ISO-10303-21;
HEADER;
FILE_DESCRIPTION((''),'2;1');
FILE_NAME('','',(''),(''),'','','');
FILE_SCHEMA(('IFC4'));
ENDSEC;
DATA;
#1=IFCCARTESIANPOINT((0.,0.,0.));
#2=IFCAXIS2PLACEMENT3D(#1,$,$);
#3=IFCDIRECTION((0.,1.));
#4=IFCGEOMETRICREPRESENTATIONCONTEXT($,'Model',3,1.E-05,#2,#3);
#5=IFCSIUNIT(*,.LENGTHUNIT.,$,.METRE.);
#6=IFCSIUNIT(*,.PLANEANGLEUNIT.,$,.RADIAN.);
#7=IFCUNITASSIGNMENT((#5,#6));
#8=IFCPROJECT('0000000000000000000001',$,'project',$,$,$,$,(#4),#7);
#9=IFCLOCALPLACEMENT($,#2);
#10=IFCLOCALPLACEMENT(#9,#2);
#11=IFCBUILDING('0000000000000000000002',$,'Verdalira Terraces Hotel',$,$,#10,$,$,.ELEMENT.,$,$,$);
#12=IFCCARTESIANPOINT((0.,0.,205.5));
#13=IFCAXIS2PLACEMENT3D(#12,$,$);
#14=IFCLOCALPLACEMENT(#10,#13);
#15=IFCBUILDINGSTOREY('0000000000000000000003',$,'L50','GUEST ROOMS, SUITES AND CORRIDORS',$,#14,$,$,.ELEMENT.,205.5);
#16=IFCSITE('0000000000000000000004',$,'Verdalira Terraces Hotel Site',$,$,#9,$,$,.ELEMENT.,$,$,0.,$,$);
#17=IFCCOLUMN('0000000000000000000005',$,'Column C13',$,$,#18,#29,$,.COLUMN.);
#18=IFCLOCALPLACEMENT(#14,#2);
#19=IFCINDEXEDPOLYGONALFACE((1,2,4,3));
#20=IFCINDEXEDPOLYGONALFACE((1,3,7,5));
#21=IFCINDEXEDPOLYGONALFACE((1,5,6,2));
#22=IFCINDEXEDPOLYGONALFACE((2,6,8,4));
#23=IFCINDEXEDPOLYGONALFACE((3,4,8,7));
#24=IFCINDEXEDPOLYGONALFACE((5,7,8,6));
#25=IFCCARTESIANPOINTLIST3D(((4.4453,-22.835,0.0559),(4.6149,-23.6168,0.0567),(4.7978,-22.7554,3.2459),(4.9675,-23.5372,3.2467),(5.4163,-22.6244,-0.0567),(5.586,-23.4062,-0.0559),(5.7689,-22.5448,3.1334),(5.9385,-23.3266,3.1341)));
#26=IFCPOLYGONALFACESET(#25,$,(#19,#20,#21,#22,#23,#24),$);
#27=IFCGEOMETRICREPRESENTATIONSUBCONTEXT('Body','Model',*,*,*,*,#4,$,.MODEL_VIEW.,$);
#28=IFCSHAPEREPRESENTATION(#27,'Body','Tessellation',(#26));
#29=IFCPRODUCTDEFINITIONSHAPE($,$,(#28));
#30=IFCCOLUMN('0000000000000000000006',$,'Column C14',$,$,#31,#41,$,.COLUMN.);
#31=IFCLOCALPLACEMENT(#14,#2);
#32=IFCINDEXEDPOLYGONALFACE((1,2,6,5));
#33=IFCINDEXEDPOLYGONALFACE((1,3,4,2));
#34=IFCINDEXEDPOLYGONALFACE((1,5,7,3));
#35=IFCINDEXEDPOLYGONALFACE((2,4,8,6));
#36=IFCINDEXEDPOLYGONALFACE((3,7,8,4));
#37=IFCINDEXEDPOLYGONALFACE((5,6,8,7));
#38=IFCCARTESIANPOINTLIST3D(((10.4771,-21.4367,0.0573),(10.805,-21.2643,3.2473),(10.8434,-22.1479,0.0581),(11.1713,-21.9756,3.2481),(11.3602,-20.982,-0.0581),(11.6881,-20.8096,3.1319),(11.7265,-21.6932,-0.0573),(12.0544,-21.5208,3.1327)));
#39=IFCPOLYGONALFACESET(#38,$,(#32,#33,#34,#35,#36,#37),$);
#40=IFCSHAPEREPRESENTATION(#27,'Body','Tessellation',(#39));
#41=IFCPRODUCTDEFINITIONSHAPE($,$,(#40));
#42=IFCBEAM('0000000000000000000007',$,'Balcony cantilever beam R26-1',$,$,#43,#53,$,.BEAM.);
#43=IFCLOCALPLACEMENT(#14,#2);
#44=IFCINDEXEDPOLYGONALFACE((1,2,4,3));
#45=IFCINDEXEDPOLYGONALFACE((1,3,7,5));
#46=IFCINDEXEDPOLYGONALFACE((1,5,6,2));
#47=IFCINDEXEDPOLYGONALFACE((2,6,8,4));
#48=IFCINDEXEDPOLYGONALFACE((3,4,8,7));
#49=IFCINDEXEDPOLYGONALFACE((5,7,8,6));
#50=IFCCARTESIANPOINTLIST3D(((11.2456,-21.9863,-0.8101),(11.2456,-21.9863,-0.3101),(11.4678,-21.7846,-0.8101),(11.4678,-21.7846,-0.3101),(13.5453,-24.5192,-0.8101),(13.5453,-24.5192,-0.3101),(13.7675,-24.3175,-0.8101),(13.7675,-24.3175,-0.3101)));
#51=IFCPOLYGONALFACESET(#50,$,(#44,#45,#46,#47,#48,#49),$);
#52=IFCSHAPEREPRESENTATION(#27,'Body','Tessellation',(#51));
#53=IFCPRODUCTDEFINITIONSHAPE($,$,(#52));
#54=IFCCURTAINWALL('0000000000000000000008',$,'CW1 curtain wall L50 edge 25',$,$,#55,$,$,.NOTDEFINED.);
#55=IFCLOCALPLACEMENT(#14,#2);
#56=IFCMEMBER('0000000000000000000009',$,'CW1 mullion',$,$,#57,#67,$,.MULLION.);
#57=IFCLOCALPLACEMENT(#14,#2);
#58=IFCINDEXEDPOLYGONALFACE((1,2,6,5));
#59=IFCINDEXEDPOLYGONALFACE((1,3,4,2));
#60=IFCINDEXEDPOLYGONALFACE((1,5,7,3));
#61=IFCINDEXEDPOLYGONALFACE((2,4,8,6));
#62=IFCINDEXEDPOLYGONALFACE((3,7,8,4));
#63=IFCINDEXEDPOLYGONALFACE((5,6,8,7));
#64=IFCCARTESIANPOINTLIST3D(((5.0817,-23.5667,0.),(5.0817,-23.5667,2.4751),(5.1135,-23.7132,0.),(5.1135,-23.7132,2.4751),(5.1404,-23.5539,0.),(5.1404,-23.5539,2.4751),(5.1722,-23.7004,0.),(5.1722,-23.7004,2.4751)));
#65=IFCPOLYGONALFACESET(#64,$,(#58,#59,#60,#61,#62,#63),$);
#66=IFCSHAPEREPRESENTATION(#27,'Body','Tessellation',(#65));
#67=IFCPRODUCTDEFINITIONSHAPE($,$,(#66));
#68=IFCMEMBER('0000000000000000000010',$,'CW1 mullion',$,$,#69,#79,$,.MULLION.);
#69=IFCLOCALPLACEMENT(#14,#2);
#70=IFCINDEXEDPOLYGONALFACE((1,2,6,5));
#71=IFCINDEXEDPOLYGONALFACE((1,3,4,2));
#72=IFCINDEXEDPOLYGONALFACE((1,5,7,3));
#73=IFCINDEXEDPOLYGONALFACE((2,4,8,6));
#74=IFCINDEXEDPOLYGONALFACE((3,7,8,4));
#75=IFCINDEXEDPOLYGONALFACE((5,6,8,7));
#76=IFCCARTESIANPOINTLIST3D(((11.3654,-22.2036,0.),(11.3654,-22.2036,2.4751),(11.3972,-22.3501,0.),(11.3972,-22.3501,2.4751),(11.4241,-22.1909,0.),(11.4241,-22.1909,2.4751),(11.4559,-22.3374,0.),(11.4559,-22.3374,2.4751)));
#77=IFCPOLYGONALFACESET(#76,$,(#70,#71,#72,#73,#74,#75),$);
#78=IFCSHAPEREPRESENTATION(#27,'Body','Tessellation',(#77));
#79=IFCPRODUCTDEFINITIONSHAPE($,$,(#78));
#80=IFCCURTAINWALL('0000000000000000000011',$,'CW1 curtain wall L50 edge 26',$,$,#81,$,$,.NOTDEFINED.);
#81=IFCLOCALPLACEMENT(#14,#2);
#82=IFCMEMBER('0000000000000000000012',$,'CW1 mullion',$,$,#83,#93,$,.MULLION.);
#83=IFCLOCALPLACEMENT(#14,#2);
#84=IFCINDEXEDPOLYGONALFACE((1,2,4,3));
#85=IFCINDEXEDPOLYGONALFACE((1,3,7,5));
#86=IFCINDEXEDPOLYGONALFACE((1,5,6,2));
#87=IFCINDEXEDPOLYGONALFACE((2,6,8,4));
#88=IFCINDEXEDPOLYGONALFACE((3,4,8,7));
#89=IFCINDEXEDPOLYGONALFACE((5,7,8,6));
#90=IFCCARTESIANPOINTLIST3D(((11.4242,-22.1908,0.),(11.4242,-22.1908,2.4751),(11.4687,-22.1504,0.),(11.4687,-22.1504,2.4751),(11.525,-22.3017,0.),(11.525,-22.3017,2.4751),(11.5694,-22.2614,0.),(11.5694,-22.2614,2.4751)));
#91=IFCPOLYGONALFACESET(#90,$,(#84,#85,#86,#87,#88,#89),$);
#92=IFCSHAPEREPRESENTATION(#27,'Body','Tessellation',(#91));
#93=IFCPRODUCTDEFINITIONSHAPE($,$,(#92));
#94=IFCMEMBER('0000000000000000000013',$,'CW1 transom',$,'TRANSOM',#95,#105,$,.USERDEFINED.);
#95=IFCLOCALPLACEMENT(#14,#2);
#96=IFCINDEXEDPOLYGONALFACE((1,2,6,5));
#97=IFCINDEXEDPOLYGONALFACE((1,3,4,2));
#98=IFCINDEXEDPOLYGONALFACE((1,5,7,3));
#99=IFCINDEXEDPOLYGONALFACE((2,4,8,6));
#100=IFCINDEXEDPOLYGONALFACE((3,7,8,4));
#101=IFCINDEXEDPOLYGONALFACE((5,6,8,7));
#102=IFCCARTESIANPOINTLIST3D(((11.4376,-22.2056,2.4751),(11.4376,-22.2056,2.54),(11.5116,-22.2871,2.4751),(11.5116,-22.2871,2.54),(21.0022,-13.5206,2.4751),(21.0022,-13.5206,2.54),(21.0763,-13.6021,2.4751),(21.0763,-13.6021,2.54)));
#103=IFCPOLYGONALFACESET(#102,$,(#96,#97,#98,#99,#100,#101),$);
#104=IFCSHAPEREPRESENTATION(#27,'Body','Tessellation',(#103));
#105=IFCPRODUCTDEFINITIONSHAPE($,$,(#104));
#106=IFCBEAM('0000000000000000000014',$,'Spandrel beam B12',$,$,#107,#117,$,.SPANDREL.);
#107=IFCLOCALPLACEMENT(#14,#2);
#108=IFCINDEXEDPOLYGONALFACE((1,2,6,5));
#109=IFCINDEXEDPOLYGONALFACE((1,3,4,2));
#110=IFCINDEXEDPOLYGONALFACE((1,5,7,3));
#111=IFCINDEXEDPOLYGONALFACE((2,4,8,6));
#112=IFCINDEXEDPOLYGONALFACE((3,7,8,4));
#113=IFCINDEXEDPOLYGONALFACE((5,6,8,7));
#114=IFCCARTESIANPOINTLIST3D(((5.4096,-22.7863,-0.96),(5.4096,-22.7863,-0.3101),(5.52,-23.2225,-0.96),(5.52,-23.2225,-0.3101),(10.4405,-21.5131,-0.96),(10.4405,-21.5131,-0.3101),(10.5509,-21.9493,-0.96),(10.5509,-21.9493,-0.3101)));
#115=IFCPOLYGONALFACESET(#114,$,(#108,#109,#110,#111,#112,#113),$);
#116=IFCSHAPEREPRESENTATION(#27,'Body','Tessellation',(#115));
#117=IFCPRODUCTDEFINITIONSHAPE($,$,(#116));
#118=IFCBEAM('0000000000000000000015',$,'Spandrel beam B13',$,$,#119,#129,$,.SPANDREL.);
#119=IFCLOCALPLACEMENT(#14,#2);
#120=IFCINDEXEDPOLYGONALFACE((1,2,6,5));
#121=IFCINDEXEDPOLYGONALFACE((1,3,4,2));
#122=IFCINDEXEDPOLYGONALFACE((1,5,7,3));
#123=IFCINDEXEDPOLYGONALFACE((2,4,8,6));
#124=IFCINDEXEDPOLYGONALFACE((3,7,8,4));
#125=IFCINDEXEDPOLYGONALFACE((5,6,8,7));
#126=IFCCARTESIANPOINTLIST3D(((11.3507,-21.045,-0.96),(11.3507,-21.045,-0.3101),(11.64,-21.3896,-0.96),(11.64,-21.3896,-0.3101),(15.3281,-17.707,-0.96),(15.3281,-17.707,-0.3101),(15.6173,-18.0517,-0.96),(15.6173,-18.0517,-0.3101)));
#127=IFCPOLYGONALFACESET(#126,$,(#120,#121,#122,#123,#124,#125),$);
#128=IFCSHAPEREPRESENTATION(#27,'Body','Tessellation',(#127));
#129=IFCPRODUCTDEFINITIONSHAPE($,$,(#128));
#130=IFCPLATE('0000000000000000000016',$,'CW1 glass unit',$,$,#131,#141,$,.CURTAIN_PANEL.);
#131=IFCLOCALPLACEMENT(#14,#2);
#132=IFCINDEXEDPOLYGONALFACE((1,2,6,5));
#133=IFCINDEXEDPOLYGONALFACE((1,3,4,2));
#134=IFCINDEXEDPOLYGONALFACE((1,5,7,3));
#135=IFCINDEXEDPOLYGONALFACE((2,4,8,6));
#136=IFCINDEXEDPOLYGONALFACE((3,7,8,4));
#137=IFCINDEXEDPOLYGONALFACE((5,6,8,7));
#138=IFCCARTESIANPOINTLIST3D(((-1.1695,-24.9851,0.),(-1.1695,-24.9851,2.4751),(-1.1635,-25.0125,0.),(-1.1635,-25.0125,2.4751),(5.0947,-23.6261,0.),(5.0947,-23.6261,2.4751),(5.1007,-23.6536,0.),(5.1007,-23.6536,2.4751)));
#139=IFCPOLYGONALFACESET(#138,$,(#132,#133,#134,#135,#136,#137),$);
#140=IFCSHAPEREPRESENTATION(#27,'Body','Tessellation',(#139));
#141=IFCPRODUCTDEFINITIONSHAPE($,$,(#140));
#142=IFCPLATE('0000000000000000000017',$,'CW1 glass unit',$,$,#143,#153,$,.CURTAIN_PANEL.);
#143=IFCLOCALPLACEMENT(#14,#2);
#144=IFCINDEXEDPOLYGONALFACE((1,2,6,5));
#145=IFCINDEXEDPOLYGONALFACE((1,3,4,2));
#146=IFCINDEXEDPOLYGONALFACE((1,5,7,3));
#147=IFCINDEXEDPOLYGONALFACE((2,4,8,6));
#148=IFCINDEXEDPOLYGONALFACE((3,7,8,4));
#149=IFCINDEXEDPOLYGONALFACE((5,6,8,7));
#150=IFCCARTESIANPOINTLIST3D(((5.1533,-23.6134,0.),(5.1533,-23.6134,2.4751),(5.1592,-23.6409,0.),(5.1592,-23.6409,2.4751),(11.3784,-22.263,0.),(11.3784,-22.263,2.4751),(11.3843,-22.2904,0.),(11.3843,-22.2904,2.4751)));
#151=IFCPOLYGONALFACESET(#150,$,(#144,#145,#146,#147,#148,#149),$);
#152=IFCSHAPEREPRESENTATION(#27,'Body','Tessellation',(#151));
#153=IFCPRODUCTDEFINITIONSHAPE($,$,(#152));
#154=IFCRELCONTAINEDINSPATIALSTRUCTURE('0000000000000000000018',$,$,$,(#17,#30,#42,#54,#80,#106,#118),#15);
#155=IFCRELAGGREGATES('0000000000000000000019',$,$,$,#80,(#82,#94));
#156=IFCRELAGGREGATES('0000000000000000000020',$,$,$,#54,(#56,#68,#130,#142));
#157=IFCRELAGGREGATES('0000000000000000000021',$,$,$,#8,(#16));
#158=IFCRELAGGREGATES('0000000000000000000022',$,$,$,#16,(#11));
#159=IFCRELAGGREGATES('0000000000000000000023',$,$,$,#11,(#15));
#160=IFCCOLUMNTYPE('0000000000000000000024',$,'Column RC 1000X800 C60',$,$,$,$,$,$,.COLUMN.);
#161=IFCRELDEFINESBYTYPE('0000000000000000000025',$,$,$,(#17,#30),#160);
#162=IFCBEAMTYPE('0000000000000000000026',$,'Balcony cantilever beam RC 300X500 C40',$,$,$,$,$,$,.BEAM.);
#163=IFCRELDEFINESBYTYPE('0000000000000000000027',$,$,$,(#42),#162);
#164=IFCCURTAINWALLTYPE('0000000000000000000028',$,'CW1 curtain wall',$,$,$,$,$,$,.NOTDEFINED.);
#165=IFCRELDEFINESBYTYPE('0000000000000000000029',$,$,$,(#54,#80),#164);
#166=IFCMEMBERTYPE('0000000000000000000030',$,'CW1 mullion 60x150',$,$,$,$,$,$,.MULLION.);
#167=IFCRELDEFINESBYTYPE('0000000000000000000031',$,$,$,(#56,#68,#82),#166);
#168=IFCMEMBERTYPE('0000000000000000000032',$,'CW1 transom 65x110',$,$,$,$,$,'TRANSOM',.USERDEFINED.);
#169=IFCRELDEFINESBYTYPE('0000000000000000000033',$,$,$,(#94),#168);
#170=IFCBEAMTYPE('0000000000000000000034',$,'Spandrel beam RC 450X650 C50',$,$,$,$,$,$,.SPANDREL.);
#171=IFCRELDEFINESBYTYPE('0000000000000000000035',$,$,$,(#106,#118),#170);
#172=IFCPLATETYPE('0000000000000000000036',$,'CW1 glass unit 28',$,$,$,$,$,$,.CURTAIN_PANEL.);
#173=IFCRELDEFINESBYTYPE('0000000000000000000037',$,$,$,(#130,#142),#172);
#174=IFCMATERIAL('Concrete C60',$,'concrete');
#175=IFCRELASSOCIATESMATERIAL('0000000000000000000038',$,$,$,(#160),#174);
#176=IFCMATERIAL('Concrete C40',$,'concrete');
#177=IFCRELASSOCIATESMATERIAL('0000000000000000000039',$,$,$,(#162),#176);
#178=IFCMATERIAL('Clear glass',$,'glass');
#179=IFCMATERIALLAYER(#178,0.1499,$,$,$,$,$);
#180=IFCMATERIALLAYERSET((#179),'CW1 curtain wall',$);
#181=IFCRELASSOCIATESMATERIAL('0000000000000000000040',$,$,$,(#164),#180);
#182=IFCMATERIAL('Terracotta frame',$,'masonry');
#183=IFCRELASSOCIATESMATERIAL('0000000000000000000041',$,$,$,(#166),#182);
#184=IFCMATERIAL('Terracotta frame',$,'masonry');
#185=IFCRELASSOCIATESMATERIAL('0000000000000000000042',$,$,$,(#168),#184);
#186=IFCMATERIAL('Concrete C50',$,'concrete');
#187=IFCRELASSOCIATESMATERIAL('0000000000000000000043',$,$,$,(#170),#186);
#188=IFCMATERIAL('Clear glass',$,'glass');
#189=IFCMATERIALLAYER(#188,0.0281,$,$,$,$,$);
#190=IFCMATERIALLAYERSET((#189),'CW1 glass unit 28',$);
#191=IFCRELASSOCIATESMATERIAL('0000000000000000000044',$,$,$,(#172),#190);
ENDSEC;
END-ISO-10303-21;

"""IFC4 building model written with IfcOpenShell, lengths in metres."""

from ifc_helpers import new_model, si_unit, direction, frame, origin, origin_2d, place, context, subcontext, project, spatial, rectangle, extrude, material, layer, layer_set, material_profile, profile_set, type_object, element, aggregate, save


model = new_model("IFC4")

# Units and contexts
model_context = context("Model", 3, precision=1e-05, world=origin(), true_north=direction((0.0, 1.0)))
body_context = subcontext(model_context, "Body", "Model", "MODEL_VIEW")
ifc_project = project(units=[si_unit("LENGTHUNIT", "METRE"), si_unit("PLANEANGLEUNIT", "RADIAN")], contexts=[model_context])

# Site, building, storey
site_placement = place(None, origin())
site = spatial("IfcSite", under=ifc_project, at=site_placement, Name="Verdalira Terraces Hotel Site", CompositionType="ELEMENT", RefElevation=0.0)
building_placement = place(site_placement, origin())
building = spatial("IfcBuilding", under=site, at=building_placement, Name="Verdalira Terraces Hotel", CompositionType="ELEMENT")
storey_placement = place(building_placement, frame((0.0, 0.0, 205.5)))
storey = spatial("IfcBuildingStorey", under=building, at=storey_placement, Name="L50", Description="GUEST ROOMS, SUITES AND CORRIDORS", CompositionType="ELEMENT", Elevation=205.5)

# Columns
ifc_material_1 = material(Name="Concrete C60", Category="concrete")
ifc_material_profile_1 = material_profile(ifc_material_1, rectangle(XDim=1.0, YDim=0.8, at=origin_2d()), Name="RC 1000X800")
ifc_profile_set_1 = profile_set([ifc_material_profile_1], Name="Concrete C60")
column_type = type_object("IfcColumnType", Name="Column RC 1000X800 C60", PredefinedType="COLUMN", material=ifc_profile_set_1)
column_1_placement = place(storey_placement, frame((5.0156, -23.1206, 0.0), z_axis=(0.109813, 0.024792, 0.993643), x_axis=(0.971072, 0.210587, -0.112573)))
element("IfcColumn", 1, at=column_1_placement, inside=storey, type_object=column_type, Name="Column C13", PredefinedType="COLUMN", context=body_context, shape_type="SweptSolid", body=[
    extrude(rectangle(XDim=1.0, YDim=0.8, at=origin_2d()), origin(), (0.0, 0.0, 1.0), 3.2104),
])
column_2_placement = place(storey_placement, frame((11.1018, -21.5649, 0.0), z_axis=(0.1021, 0.053673, 0.993325), x_axis=(-0.883132, -0.454725, 0.115344)))
element("IfcColumn", 2, at=column_2_placement, inside=storey, type_object=column_type, Name="Column C14", PredefinedType="COLUMN", context=body_context, shape_type="SweptSolid", body=[
    extrude(rectangle(XDim=1.0, YDim=0.8, at=origin_2d()), origin(), (0.0, 0.0, 1.0), 3.2114),
])

# Beam
ifc_material_2 = material(Name="Concrete C40", Category="concrete")
ifc_material_profile_2 = material_profile(ifc_material_2, rectangle(XDim=0.3, YDim=0.5, at=origin_2d()), Name="RC 300X500")
ifc_profile_set_2 = profile_set([ifc_material_profile_2], Name="Concrete C40")
beam_type_1 = type_object("IfcBeamType", Name="Balcony cantilever beam RC 300X500 C40", PredefinedType="BEAM", material=ifc_profile_set_2)
beam_1_placement = place(storey_placement, frame((11.3567, -21.8855, -0.5601), z_axis=(0.672211, -0.74036, 0.0), x_axis=(0.74036, 0.672211, 0.0)))
element("IfcBeam", 3, at=beam_1_placement, inside=storey, type_object=beam_type_1, Name="Balcony cantilever beam R26-1", PredefinedType="BEAM", context=body_context, shape_type="SweptSolid", body=[
    extrude(rectangle(XDim=0.3, YDim=0.5, at=origin_2d()), origin(), (0.0, 0.0, 1.0), 3.4211),
])

# Curtain walls, members
ifc_material_3 = material(Name="Clear glass", Category="glass")
ifc_layer_1 = layer(ifc_material_3, 0.1499)
ifc_layer_set_1 = layer_set([ifc_layer_1], Name="CW1 curtain wall")
curtain_wall_type = type_object("IfcCurtainWallType", Name="CW1 curtain wall", PredefinedType="NOTDEFINED", material=ifc_layer_set_1)
curtain_wall_1_placement = place(storey_placement, origin())
curtain_wall_1 = element("IfcCurtainWall", 4, at=curtain_wall_1_placement, inside=storey, type_object=curtain_wall_type, Name="CW1 curtain wall L50 edge 25", PredefinedType="NOTDEFINED")
ifc_material_4 = material(Name="Terracotta frame", Category="masonry")
ifc_material_profile_3 = material_profile(ifc_material_4, rectangle(XDim=0.0601, YDim=0.1499, at=origin_2d()), Name="MU 60x150")
ifc_profile_set_3 = profile_set([ifc_material_profile_3], Name="Terracotta frame")
member_type_1 = type_object("IfcMemberType", Name="CW1 mullion 60x150", PredefinedType="MULLION", material=ifc_profile_set_3)
member_1_placement = place(storey_placement, frame((5.127, -23.6335, 0.0), z_axis=(0.0, 0.0, 1.0), x_axis=(0.977268, 0.212007, 0.0)))
member_1 = element("IfcMember", 5, at=member_1_placement, type_object=member_type_1, Name="CW1 mullion", PredefinedType="MULLION", context=body_context, shape_type="SweptSolid", body=[
    extrude(rectangle(XDim=0.0601, YDim=0.1499, at=origin_2d()), origin(), (0.0, 0.0, 1.0), 2.4751),
])
member_2_placement = place(storey_placement, frame((11.4106, -22.2705, 0.0), z_axis=(0.0, 0.0, 1.0), x_axis=(0.977268, 0.212007, 0.0)))
member_2 = element("IfcMember", 6, at=member_2_placement, type_object=member_type_1, Name="CW1 mullion", PredefinedType="MULLION", context=body_context, shape_type="SweptSolid", body=[
    extrude(rectangle(XDim=0.0601, YDim=0.1499, at=origin_2d()), origin(), (0.0, 0.0, 1.0), 2.4751),
])
curtain_wall_2_placement = place(storey_placement, origin())
curtain_wall_2 = element("IfcCurtainWall", 7, at=curtain_wall_2_placement, inside=storey, type_object=curtain_wall_type, Name="CW1 curtain wall L50 edge 26", PredefinedType="NOTDEFINED")
member_3_placement = place(storey_placement, frame((11.4968, -22.2261, 0.0), z_axis=(0.0, 0.0, 1.0), x_axis=(0.740335, 0.672238, 0.0)))
member_3 = element("IfcMember", 8, at=member_3_placement, type_object=member_type_1, Name="CW1 mullion", PredefinedType="MULLION", context=body_context, shape_type="SweptSolid", body=[
    extrude(rectangle(XDim=0.0601, YDim=0.1499, at=origin_2d()), origin(), (0.0, 0.0, 1.0), 2.4751),
])
ifc_material_5 = material(Name="Terracotta frame", Category="masonry")
ifc_material_profile_4 = material_profile(ifc_material_5, rectangle(XDim=0.1101, YDim=0.0649, at=origin_2d()), Name="TR 65x110")
ifc_profile_set_4 = profile_set([ifc_material_profile_4], Name="Terracotta frame")
member_type_2 = type_object("IfcMemberType", Name="CW1 transom 65x110", ElementType="TRANSOM", PredefinedType="USERDEFINED", material=ifc_profile_set_4)
member_4_placement = place(storey_placement, frame((11.4746, -22.2463, 2.5076), z_axis=(0.74033, 0.672244, 0.0), x_axis=(-0.672244, 0.74033, 0.0)))
member_4 = element("IfcMember", 9, at=member_4_placement, type_object=member_type_2, Name="CW1 transom", ObjectType="TRANSOM", PredefinedType="USERDEFINED", context=body_context, shape_type="SweptSolid", body=[
    extrude(rectangle(XDim=0.1101, YDim=0.0649, at=origin_2d()), origin(), (0.0, 0.0, 1.0), 12.9194),
])
aggregate(curtain_wall_2, [member_3, member_4])

# Beams
ifc_material_6 = material(Name="Concrete C50", Category="concrete")
ifc_material_profile_5 = material_profile(ifc_material_6, rectangle(XDim=0.45, YDim=0.6499, at=origin_2d()), Name="RC 450X650")
ifc_profile_set_5 = profile_set([ifc_material_profile_5], Name="Concrete C50")
beam_type_2 = type_object("IfcBeamType", Name="Spandrel beam RC 450X650 C50", PredefinedType="SPANDREL", material=ifc_profile_set_5)
beam_2_placement = place(storey_placement, frame((5.4648, -23.0044, -0.635), z_axis=(0.969435, 0.245346, 0.0), x_axis=(-0.245346, 0.969435, 0.0)))
element("IfcBeam", 10, at=beam_2_placement, inside=storey, type_object=beam_type_2, Name="Spandrel beam B12", PredefinedType="SPANDREL", context=body_context, shape_type="SweptSolid", body=[
    extrude(rectangle(XDim=0.45, YDim=0.6499, at=origin_2d()), origin(), (0.0, 0.0, 1.0), 5.1895),
])
beam_3_placement = place(storey_placement, frame((11.4954, -21.2173, -0.635), z_axis=(0.765993, 0.642849, 0.0), x_axis=(-0.642849, 0.765993, 0.0)))
element("IfcBeam", 11, at=beam_3_placement, inside=storey, type_object=beam_type_2, Name="Spandrel beam B13", PredefinedType="SPANDREL", context=body_context, shape_type="SweptSolid", body=[
    extrude(rectangle(XDim=0.45, YDim=0.6499, at=origin_2d()), origin(), (0.0, 0.0, 1.0), 5.1924),
])

# Plates
ifc_material_7 = material(Name="Clear glass", Category="glass")
ifc_layer_2 = layer(ifc_material_7, 0.0281)
ifc_layer_set_2 = layer_set([ifc_layer_2], Name="CW1 glass unit 28")
plate_type = type_object("IfcPlateType", Name="CW1 glass unit 28", PredefinedType="CURTAIN_PANEL", material=ifc_layer_set_2)
plate_1_placement = place(storey_placement, frame((1.9656, -24.3193, 0.0), z_axis=(0.0, 0.0, 1.0), x_axis=(0.977268, 0.212007, 0.0)))
plate_1 = element("IfcPlate", 12, at=plate_1_placement, type_object=plate_type, Name="CW1 glass unit", PredefinedType="CURTAIN_PANEL", context=body_context, shape_type="SweptSolid", body=[
    extrude(rectangle(XDim=6.4099, YDim=0.0281, at=origin_2d()), origin(), (0.0, 0.0, 1.0), 2.4751),
])
plate_2_placement = place(storey_placement, frame((8.2688, -22.9519, 0.0), z_axis=(0.0, 0.0, 1.0), x_axis=(0.977268, 0.212007, 0.0)))
plate_2 = element("IfcPlate", 13, at=plate_2_placement, type_object=plate_type, Name="CW1 glass unit", PredefinedType="CURTAIN_PANEL", context=body_context, shape_type="SweptSolid", body=[
    extrude(rectangle(XDim=6.3699, YDim=0.0281, at=origin_2d()), origin(), (0.0, 0.0, 1.0), 2.4751),
])
aggregate(curtain_wall_1, [member_1, member_2, plate_1, plate_2])

save(model, "model.ifc")
